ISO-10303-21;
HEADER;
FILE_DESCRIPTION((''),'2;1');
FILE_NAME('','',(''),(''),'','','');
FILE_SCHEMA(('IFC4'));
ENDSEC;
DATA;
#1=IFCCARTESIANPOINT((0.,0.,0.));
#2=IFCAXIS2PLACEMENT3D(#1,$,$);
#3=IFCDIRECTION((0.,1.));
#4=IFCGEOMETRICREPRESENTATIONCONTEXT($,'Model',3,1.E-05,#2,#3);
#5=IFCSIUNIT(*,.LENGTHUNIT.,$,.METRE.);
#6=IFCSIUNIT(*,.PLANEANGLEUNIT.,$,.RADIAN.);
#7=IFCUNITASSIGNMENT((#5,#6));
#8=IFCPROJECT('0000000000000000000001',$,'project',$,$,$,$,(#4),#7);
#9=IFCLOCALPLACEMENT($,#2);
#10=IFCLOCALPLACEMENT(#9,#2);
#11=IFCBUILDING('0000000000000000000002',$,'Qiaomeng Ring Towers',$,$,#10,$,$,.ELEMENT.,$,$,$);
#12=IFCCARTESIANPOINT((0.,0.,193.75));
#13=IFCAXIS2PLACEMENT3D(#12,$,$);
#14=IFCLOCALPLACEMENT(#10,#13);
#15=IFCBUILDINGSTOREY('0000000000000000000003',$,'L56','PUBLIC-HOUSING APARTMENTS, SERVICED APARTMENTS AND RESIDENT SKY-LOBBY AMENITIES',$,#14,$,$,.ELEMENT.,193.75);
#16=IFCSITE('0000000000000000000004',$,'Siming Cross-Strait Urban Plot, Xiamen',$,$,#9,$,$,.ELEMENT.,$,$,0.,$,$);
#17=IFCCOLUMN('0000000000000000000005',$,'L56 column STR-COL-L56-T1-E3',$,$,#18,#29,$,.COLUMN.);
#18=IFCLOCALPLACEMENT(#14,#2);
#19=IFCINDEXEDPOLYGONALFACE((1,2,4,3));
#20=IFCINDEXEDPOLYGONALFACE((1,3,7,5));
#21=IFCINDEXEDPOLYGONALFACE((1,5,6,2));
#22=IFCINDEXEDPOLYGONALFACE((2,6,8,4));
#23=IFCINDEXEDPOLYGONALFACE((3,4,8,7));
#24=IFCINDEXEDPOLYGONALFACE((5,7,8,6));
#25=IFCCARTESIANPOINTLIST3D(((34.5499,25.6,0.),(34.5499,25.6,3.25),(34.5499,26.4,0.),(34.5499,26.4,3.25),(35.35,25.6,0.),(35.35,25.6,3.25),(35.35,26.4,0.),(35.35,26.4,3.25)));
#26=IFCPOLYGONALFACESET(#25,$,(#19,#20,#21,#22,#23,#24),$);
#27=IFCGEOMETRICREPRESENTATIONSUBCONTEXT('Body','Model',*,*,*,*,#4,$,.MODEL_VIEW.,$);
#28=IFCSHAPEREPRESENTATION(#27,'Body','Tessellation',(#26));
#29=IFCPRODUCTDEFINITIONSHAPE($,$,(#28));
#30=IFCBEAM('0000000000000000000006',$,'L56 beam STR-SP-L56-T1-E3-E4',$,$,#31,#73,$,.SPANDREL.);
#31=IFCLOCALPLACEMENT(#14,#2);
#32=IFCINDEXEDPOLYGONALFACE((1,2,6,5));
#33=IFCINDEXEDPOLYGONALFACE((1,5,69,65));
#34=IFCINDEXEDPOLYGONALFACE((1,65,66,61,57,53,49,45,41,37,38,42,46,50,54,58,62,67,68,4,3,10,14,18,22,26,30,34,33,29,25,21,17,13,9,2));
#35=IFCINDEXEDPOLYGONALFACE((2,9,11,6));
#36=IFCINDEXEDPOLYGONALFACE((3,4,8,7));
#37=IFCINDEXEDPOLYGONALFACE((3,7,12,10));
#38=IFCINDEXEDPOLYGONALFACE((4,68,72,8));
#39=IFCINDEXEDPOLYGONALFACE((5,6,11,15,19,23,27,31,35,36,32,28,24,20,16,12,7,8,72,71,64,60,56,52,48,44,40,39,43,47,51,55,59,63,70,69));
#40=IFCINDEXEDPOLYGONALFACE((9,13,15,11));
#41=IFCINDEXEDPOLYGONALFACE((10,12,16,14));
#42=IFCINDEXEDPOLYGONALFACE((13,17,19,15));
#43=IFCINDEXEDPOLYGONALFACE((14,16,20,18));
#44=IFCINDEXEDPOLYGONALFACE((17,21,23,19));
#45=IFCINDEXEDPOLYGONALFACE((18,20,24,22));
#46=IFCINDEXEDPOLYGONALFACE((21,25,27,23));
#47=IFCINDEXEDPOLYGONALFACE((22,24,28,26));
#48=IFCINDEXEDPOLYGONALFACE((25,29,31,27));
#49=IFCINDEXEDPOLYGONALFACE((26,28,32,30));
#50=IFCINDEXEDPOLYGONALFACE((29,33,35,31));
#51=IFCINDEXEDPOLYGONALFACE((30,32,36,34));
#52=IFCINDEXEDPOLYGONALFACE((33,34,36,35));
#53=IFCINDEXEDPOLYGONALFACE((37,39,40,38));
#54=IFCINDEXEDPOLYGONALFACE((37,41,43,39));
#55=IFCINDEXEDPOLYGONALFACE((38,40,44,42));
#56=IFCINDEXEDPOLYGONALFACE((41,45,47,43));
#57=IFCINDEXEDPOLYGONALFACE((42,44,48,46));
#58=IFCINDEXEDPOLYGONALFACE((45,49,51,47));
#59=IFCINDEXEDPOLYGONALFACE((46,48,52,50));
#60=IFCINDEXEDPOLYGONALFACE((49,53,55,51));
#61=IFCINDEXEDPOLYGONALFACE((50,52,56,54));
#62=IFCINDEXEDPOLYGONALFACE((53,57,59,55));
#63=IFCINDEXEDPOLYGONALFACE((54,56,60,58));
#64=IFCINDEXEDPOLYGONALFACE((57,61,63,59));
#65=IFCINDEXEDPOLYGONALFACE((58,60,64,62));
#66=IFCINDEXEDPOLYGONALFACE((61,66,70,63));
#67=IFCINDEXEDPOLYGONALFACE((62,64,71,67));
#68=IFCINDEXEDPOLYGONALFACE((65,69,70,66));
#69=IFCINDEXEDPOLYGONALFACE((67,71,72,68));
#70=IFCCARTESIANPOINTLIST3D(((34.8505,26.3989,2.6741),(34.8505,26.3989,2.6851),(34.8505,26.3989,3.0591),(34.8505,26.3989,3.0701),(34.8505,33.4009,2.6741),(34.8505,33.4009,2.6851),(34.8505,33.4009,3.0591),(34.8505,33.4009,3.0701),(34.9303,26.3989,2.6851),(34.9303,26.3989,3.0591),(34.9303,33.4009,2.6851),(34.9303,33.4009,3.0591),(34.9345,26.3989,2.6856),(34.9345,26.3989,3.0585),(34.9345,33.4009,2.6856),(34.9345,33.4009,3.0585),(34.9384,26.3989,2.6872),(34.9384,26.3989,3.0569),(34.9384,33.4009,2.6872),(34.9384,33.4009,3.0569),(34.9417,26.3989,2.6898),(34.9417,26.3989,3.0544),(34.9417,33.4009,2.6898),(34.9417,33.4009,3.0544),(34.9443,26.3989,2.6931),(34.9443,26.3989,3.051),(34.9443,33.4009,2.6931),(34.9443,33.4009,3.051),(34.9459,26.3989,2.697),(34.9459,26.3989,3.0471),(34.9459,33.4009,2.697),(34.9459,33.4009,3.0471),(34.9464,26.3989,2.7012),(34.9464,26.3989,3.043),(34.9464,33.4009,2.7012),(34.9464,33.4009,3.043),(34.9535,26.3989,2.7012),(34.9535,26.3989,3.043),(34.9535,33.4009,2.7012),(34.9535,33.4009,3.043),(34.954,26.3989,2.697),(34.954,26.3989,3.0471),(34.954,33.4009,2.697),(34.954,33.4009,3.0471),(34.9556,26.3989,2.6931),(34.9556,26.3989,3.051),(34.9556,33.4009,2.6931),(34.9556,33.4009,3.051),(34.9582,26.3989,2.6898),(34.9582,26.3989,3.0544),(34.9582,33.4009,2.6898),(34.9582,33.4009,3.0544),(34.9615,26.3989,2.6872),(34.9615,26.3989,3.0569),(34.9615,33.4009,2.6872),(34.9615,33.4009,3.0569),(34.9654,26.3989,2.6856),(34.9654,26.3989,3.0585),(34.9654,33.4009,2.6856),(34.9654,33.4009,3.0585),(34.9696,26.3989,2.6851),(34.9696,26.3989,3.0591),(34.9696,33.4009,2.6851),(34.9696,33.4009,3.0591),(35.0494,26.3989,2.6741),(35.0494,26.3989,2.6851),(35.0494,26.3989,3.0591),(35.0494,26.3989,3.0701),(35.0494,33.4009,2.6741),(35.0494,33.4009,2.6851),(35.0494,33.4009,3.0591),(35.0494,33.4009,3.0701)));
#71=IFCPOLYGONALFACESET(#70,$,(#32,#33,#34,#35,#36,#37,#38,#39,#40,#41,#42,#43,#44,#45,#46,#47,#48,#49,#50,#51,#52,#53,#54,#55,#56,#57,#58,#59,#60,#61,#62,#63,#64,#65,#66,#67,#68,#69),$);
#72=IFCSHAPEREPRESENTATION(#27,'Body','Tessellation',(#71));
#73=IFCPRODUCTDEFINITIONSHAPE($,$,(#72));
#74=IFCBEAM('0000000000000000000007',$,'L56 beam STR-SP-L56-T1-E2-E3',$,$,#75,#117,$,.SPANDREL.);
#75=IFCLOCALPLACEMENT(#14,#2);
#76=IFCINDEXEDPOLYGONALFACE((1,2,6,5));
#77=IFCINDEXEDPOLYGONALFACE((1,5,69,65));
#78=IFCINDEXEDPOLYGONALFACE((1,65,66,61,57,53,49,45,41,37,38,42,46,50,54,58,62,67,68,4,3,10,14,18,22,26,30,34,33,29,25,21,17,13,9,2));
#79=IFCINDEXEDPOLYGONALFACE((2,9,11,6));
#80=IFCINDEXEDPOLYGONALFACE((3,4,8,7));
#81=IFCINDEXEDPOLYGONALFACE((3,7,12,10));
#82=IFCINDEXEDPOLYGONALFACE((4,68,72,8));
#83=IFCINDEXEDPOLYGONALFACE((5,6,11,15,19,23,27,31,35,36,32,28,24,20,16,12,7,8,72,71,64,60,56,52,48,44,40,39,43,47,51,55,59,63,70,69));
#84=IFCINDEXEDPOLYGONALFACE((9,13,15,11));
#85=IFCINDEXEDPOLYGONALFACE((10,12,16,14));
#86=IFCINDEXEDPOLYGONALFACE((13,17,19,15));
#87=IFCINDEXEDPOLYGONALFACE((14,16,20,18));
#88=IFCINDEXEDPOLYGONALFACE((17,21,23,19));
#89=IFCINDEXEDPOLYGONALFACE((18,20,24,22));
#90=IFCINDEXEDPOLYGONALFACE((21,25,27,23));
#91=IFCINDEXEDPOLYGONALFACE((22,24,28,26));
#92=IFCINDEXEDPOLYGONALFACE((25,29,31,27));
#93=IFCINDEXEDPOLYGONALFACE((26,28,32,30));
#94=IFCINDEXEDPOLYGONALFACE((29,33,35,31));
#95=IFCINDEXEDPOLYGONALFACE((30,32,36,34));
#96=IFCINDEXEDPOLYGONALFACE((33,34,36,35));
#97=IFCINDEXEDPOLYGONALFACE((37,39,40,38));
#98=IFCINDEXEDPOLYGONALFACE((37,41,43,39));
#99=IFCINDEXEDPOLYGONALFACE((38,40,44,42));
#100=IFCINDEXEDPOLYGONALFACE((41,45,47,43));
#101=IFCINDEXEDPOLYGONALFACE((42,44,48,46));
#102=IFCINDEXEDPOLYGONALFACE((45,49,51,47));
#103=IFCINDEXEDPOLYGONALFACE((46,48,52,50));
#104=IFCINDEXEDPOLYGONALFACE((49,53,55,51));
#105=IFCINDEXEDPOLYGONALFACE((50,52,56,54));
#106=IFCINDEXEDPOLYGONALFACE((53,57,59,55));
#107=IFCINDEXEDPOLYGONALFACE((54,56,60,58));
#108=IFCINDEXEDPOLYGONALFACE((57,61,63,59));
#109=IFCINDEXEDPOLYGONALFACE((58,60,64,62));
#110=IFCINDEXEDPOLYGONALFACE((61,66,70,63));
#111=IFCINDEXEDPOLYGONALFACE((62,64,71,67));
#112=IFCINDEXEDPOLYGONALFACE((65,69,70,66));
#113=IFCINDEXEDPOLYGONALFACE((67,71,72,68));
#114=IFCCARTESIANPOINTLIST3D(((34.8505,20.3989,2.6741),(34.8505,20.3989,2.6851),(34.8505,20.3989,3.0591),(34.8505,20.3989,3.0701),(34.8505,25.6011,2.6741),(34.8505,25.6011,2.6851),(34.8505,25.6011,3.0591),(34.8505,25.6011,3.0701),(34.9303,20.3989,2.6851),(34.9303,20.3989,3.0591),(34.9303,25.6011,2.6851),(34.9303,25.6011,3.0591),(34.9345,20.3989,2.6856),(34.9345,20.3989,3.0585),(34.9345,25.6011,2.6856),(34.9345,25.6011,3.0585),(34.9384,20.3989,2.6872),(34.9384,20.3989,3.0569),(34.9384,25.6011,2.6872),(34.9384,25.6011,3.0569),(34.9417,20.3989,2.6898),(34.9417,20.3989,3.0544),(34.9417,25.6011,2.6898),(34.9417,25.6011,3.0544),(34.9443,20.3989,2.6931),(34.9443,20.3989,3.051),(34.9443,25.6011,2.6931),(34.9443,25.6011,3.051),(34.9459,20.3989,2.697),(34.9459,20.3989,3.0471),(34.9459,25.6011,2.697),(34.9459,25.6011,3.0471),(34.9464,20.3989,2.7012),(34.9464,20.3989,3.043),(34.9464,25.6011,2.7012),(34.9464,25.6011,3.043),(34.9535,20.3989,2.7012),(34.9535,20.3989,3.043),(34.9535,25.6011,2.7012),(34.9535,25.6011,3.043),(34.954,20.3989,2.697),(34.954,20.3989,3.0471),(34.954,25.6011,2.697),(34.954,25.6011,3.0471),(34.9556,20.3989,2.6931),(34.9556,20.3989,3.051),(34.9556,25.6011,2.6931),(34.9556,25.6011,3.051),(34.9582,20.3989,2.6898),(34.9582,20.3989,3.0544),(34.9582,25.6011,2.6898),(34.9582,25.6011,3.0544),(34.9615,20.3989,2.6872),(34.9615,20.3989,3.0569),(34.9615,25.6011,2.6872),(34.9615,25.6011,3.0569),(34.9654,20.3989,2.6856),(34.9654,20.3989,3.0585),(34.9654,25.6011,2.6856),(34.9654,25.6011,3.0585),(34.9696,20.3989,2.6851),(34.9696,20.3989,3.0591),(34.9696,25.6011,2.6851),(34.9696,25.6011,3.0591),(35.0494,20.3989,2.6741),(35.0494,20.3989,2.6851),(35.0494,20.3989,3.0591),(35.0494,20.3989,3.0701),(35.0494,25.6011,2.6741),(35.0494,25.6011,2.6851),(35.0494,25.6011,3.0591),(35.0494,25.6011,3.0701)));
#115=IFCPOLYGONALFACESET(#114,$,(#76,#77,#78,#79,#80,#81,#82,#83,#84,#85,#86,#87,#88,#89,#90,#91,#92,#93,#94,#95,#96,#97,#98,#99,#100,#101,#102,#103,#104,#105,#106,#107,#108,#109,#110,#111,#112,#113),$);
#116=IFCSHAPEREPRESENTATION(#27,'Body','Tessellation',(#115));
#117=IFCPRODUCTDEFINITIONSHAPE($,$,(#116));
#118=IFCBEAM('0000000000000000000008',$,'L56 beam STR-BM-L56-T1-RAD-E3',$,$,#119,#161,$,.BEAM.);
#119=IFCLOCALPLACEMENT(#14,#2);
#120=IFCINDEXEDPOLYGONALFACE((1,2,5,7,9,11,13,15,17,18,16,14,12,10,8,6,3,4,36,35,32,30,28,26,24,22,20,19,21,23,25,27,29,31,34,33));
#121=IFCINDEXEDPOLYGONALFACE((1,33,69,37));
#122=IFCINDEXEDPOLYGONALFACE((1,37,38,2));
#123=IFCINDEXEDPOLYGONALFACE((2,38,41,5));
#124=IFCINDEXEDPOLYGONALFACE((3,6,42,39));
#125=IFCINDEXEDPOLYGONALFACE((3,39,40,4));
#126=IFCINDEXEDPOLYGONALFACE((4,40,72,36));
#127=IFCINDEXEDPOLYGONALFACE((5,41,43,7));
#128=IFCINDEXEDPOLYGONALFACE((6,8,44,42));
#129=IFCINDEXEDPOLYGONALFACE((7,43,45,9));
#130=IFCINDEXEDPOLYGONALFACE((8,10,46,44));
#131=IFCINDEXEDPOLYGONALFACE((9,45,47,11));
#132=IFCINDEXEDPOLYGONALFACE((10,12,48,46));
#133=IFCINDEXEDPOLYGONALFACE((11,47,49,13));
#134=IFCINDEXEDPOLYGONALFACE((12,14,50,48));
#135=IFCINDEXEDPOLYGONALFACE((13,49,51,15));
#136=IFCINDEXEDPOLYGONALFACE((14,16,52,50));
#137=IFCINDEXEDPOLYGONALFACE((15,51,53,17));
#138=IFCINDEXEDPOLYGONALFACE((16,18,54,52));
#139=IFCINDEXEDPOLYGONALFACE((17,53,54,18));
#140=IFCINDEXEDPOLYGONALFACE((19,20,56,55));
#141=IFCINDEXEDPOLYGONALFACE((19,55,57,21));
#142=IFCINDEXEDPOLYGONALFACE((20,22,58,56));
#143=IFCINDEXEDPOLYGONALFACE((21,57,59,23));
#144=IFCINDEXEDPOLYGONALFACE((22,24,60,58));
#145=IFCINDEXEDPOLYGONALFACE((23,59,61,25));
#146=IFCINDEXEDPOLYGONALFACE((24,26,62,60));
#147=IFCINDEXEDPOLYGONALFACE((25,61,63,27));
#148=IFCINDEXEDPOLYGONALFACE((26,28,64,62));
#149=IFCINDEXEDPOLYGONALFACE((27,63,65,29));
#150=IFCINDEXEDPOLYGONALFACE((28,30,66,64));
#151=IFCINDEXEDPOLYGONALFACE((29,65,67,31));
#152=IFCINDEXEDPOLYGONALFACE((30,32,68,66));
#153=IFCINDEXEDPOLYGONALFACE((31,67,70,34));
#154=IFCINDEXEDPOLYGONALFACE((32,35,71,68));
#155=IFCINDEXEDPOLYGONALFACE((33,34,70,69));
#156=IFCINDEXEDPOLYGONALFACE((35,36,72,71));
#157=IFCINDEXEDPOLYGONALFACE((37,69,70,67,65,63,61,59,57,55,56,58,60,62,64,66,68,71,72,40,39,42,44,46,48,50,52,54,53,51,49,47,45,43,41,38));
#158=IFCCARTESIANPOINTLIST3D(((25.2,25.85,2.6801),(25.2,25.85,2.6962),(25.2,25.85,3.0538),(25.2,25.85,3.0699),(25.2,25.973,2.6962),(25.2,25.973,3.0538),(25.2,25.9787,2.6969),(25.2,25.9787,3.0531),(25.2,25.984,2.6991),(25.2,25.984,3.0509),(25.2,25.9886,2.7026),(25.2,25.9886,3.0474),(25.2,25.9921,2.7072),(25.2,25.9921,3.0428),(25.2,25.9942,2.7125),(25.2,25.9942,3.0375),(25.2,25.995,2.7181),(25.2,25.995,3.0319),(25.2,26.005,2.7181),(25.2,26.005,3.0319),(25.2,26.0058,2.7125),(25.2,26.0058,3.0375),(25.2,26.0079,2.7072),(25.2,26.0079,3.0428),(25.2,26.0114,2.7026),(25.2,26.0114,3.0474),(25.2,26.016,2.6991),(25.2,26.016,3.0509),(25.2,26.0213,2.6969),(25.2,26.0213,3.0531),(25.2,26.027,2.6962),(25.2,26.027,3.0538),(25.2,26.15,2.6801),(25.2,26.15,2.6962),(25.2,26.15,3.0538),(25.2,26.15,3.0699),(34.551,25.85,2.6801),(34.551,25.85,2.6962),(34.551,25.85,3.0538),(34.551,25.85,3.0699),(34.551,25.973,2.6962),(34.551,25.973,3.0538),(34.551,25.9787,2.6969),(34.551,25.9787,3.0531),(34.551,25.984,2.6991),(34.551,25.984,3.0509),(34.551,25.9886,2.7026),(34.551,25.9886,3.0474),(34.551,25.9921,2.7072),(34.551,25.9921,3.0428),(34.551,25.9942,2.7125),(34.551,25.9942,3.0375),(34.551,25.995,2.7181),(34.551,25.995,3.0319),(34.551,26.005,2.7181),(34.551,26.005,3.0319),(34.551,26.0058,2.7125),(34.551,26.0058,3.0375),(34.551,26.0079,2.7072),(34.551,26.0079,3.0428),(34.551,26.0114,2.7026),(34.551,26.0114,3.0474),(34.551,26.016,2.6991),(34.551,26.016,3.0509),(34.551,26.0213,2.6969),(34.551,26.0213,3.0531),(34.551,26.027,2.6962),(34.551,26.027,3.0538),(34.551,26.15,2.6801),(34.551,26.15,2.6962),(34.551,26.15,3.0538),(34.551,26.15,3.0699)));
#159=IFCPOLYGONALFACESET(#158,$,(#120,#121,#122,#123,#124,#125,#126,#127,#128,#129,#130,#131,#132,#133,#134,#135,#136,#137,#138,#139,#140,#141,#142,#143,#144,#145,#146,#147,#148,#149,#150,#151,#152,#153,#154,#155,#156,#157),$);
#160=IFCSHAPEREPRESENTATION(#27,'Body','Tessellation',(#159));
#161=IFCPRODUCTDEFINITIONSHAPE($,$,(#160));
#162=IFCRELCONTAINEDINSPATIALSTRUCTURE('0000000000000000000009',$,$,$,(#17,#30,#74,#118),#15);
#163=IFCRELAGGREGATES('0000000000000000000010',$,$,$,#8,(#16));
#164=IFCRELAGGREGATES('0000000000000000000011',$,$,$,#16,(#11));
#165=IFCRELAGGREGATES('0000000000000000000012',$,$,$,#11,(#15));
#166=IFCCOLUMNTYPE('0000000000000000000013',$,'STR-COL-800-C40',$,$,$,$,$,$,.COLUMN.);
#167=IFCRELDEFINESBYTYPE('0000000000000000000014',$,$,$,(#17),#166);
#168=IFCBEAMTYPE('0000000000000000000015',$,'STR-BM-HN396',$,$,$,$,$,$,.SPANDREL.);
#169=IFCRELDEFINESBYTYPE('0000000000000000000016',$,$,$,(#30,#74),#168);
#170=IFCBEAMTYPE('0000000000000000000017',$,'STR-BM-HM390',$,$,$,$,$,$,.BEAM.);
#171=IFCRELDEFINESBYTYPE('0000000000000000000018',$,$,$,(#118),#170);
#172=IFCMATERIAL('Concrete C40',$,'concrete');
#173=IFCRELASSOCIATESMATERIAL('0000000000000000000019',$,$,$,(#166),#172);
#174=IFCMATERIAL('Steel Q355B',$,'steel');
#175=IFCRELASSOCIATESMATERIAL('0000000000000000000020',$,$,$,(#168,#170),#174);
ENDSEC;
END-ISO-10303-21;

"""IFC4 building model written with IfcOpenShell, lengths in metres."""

from ifc_helpers import new_model, si_unit, direction, frame, origin, origin_2d, place, context, subcontext, project, spatial, rectangle, i_section, extrude, source, transform, mapped, material, material_profile, profile_set, type_object, element, save


model = new_model("IFC4")

# Units and contexts
model_context = context("Model", 3, precision=1e-05, world=origin(), true_north=direction((0.0, 1.0)))
body_context = subcontext(model_context, "Body", "Model", "MODEL_VIEW")
ifc_project = project(units=[si_unit("LENGTHUNIT", "METRE"), si_unit("PLANEANGLEUNIT", "RADIAN")], contexts=[model_context])

# Site, building, storey
site_placement = place(None, origin())
site = spatial("IfcSite", under=ifc_project, at=site_placement, Name="Siming Cross-Strait Urban Plot, Xiamen", CompositionType="ELEMENT", RefElevation=0.0)
building_placement = place(site_placement, origin())
building = spatial("IfcBuilding", under=site, at=building_placement, Name="Qiaomeng Ring Towers", CompositionType="ELEMENT")
storey_placement = place(building_placement, frame((0.0, 0.0, 193.75)))
storey = spatial("IfcBuildingStorey", under=building, at=storey_placement, Name="L56", Description="PUBLIC-HOUSING APARTMENTS, SERVICED APARTMENTS AND RESIDENT SKY-LOBBY AMENITIES", CompositionType="ELEMENT", Elevation=193.75)

# Column
ifc_material_1 = material(Name="Concrete C40", Category="concrete")
ifc_material_profile_1 = material_profile(ifc_material_1, rectangle(XDim=0.8, YDim=0.8, at=origin_2d()), Name="RC COL 800x800")
ifc_profile_set_1 = profile_set([ifc_material_profile_1], Name="Concrete C40")
column_type = type_object("IfcColumnType", Name="STR-COL-800-C40", PredefinedType="COLUMN", material=ifc_profile_set_1)
shared_shape_1 = source(origin(), body_context, "Body", "SweptSolid", [
    extrude(rectangle(XDim=0.8, YDim=0.8, at=origin_2d()), origin(), (0.0, 0.0, 1.0), 3.25),
])
column_placement = place(storey_placement, frame((34.95, 26.0, 0.0), z_axis=(0.0, 0.0, 1.0), x_axis=(1.0, 0.0, 0.0)))
element("IfcColumn", 1, at=column_placement, inside=storey, type_object=column_type, Name="L56 column STR-COL-L56-T1-E3", PredefinedType="COLUMN", context=body_context, shape_type="MappedRepresentation", body=[
    mapped(shared_shape_1, transform((0.0, 0.0, 0.0), x_axis=(1.0, 0.0, 0.0), y_axis=(0.0, 1.0, 0.0), z_axis=(0.0, 0.0, 1.0), scale=1.0)),
])

# Beams
ifc_material_2 = material(Name="Steel Q355B", Category="steel")
ifc_material_profile_2 = material_profile(ifc_material_2, i_section(OverallWidth=0.199, OverallDepth=0.396, WebThickness=0.0071, FlangeThickness=0.011, FilletRadius=0.0161, at=origin_2d()), Name="HN 396x199x7x11")
ifc_profile_set_2 = profile_set([ifc_material_profile_2], Name="Steel Q355B")
beam_type_1 = type_object("IfcBeamType", Name="STR-BM-HN396", PredefinedType="SPANDREL", material=ifc_profile_set_2)
shared_shape_2 = source(origin(), body_context, "Body", "SweptSolid", [
    extrude(i_section(OverallWidth=0.199, OverallDepth=0.396, WebThickness=0.0071, FlangeThickness=0.011, FilletRadius=0.0161, at=origin_2d()), origin(), (0.0, 0.0, 1.0), 7.002),
])
beam_1_placement = place(storey_placement, frame((34.95, 26.3989, 2.8721), z_axis=(0.0, 1.0, 0.0), x_axis=(-1.0, 0.0, 0.0)))
element("IfcBeam", 2, at=beam_1_placement, inside=storey, type_object=beam_type_1, Name="L56 beam STR-SP-L56-T1-E3-E4", PredefinedType="SPANDREL", context=body_context, shape_type="MappedRepresentation", body=[
    mapped(shared_shape_2, transform((0.0, 0.0, 0.0), x_axis=(1.0, 0.0, 0.0), y_axis=(0.0, 1.0, 0.0), z_axis=(0.0, 0.0, 1.0), scale=1.0)),
])
shared_shape_3 = source(origin(), body_context, "Body", "SweptSolid", [
    extrude(i_section(OverallWidth=0.199, OverallDepth=0.396, WebThickness=0.0071, FlangeThickness=0.011, FilletRadius=0.0161, at=origin_2d()), origin(), (0.0, 0.0, 1.0), 5.2021),
])
beam_2_placement = place(storey_placement, frame((34.95, 20.3989, 2.8721), z_axis=(0.0, 1.0, 0.0), x_axis=(-1.0, 0.0, 0.0)))
element("IfcBeam", 3, at=beam_2_placement, inside=storey, type_object=beam_type_1, Name="L56 beam STR-SP-L56-T1-E2-E3", PredefinedType="SPANDREL", context=body_context, shape_type="MappedRepresentation", body=[
    mapped(shared_shape_3, transform((0.0, 0.0, 0.0), x_axis=(1.0, 0.0, 0.0), y_axis=(0.0, 1.0, 0.0), z_axis=(0.0, 0.0, 1.0), scale=1.0)),
])
ifc_material_profile_3 = material_profile(ifc_material_2, i_section(OverallWidth=0.3, OverallDepth=0.3899, WebThickness=0.01, FlangeThickness=0.0161, FilletRadius=0.022, at=origin_2d()), Name="HM 390x300x10x16")
ifc_profile_set_3 = profile_set([ifc_material_profile_3], Name="Steel Q355B")
beam_type_2 = type_object("IfcBeamType", Name="STR-BM-HM390", PredefinedType="BEAM", material=ifc_profile_set_3)
shared_shape_4 = source(origin(), body_context, "Body", "SweptSolid", [
    extrude(i_section(OverallWidth=0.3, OverallDepth=0.3899, WebThickness=0.01, FlangeThickness=0.0161, FilletRadius=0.022, at=origin_2d()), origin(), (0.0, 0.0, 1.0), 9.3511),
])
beam_3_placement = place(storey_placement, frame((25.2, 26.0, 2.875), z_axis=(1.0, 0.0, 0.0), x_axis=(0.0, 1.0, 0.0)))
element("IfcBeam", 4, at=beam_3_placement, inside=storey, type_object=beam_type_2, Name="L56 beam STR-BM-L56-T1-RAD-E3", PredefinedType="BEAM", context=body_context, shape_type="MappedRepresentation", body=[
    mapped(shared_shape_4, transform((0.0, 0.0, 0.0), x_axis=(1.0, 0.0, 0.0), y_axis=(0.0, 1.0, 0.0), z_axis=(0.0, 0.0, 1.0), scale=1.0)),
])

save(model, "model.ifc")
